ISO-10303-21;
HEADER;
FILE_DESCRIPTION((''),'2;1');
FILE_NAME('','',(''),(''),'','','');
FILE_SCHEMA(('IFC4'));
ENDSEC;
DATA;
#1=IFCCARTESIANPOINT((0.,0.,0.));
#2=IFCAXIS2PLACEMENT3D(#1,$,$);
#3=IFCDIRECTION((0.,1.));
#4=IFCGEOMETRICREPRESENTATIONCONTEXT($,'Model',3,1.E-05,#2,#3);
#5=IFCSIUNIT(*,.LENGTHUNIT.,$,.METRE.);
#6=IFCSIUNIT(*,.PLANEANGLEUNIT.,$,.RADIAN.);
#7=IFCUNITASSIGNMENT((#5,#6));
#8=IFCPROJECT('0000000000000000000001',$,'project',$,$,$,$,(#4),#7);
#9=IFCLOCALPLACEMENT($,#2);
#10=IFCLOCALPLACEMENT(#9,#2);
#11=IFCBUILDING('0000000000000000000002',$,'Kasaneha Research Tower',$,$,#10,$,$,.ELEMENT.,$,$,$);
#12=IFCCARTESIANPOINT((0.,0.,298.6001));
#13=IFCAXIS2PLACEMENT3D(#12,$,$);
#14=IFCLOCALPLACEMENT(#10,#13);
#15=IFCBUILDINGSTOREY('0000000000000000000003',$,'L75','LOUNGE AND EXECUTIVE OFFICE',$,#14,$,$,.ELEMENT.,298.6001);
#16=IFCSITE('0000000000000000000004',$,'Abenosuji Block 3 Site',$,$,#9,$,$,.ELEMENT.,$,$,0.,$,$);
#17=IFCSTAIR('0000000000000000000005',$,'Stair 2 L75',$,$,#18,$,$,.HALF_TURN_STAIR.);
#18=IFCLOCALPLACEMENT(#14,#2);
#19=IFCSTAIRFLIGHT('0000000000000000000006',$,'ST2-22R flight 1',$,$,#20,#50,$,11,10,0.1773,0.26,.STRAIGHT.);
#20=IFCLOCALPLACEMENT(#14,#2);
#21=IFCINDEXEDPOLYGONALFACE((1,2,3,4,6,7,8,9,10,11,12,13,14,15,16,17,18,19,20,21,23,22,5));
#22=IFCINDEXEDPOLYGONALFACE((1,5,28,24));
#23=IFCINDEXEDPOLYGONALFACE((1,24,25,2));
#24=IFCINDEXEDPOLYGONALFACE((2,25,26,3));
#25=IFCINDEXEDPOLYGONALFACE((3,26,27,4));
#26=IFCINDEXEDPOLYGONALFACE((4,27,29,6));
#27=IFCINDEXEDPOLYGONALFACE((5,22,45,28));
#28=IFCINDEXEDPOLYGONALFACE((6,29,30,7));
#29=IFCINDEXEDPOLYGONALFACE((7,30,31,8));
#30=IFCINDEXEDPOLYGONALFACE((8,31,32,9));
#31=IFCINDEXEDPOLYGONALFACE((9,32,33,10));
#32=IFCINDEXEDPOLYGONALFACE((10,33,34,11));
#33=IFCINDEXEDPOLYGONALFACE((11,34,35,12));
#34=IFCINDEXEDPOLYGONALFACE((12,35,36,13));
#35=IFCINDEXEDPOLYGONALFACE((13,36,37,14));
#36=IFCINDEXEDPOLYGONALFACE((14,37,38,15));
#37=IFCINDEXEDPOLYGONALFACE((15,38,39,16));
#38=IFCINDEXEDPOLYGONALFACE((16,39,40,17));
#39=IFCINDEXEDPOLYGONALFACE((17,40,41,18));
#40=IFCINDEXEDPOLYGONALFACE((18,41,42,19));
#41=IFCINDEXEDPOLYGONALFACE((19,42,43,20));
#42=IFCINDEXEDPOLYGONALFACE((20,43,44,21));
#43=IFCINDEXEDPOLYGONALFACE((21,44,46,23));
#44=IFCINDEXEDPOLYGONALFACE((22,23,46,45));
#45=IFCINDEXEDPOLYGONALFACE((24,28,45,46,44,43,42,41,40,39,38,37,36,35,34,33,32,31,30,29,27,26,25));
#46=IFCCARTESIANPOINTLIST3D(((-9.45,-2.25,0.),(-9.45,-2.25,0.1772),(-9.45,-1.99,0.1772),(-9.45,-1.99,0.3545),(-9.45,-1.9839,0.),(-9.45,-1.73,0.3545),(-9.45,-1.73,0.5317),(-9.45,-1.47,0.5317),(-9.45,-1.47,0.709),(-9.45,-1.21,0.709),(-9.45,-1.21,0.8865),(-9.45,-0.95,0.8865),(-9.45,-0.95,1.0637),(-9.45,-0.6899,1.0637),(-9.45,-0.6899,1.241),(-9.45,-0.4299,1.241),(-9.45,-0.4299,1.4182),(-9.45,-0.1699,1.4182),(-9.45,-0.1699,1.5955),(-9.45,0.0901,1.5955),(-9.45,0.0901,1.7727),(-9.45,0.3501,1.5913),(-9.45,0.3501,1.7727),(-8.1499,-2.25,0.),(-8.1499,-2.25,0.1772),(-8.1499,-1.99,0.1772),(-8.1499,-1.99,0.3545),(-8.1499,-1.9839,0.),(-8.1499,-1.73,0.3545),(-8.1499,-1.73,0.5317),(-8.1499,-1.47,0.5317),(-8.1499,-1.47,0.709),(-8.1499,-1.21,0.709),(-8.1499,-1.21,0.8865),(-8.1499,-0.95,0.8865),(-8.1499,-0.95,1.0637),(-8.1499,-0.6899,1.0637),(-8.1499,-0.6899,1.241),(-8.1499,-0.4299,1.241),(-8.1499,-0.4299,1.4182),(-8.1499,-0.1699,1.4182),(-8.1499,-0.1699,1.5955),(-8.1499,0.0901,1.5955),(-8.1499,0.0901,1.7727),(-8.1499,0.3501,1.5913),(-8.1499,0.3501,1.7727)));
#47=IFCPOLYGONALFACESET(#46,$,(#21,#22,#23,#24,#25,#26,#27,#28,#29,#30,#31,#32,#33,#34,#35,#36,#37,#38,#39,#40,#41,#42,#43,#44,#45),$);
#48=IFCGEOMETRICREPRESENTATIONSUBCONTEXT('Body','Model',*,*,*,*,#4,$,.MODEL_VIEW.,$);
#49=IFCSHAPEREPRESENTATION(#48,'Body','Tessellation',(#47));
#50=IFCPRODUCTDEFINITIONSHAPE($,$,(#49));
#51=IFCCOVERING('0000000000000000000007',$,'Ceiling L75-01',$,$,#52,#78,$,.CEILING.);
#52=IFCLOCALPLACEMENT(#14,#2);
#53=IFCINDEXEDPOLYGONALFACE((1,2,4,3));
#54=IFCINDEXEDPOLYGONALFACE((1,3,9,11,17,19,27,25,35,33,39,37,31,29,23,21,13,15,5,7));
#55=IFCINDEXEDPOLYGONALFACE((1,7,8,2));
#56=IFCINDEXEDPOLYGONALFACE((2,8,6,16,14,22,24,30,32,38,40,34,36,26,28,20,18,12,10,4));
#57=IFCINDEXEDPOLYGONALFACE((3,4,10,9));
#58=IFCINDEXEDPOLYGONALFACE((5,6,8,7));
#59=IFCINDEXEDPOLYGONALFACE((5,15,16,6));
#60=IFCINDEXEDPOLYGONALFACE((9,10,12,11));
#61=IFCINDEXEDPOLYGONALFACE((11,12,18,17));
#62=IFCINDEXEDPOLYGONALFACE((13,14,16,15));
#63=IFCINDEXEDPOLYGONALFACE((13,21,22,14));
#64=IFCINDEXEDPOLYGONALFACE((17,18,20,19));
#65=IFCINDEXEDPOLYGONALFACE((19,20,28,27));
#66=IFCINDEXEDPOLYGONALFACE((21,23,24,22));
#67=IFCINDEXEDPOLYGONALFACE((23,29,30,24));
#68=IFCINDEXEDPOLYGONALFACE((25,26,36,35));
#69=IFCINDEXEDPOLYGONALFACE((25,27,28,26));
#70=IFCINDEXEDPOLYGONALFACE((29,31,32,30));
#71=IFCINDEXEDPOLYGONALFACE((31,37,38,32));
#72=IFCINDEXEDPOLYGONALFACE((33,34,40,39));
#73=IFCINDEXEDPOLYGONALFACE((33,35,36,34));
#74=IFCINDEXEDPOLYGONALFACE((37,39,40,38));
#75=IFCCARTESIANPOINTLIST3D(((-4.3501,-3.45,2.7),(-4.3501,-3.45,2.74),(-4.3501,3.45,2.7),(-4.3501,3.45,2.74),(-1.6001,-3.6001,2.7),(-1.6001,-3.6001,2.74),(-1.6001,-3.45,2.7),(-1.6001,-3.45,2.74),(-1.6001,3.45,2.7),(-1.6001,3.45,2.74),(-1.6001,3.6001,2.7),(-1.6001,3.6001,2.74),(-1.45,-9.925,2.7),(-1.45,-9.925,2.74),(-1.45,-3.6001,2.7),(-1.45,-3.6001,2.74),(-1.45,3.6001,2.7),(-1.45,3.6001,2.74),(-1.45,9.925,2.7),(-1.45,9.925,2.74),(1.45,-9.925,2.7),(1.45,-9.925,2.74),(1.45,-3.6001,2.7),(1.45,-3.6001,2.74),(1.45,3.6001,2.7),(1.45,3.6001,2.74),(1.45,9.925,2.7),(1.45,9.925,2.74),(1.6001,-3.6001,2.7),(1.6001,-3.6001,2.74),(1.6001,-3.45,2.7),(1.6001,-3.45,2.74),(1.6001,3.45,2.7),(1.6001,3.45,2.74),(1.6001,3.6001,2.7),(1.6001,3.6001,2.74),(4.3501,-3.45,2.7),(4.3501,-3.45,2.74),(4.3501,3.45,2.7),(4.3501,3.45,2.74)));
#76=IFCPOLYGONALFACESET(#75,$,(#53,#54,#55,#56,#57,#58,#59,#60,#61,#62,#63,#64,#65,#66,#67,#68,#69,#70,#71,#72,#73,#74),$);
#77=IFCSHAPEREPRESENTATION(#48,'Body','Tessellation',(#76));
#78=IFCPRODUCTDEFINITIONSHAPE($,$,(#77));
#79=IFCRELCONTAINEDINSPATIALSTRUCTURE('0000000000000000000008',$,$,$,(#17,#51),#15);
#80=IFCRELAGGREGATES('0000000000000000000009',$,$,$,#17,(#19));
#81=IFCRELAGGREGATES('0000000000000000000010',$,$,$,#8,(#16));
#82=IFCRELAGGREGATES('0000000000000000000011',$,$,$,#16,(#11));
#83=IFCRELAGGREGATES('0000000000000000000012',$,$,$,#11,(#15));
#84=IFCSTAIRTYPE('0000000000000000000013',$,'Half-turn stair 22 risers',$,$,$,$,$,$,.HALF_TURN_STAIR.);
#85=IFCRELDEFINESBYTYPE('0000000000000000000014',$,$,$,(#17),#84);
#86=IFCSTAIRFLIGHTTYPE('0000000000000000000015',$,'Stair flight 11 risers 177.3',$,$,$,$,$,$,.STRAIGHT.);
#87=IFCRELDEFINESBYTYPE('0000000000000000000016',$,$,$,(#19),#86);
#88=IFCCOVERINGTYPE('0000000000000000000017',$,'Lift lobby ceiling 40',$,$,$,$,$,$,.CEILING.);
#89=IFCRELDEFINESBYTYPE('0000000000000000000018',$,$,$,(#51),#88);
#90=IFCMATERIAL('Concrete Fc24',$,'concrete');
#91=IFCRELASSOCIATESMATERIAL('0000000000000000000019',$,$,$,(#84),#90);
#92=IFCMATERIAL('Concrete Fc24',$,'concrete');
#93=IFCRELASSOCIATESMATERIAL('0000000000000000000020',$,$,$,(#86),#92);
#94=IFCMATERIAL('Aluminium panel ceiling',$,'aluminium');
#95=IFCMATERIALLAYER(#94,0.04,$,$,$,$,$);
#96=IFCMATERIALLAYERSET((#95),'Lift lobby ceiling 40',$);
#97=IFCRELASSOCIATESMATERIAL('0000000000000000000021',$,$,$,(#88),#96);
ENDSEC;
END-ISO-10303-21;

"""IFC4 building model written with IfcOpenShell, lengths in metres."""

from ifc_helpers import new_model, si_unit, direction, frame, origin, place, context, subcontext, project, spatial, polyline, outline, extrude, material, layer, layer_set, type_object, element, aggregate, save


model = new_model("IFC4")

# Units and contexts
model_context = context("Model", 3, precision=1e-05, world=origin(), true_north=direction((0.0, 1.0)))
body_context = subcontext(model_context, "Body", "Model", "MODEL_VIEW")
ifc_project = project(units=[si_unit("LENGTHUNIT", "METRE"), si_unit("PLANEANGLEUNIT", "RADIAN")], contexts=[model_context])

# Site, building, storey
site_placement = place(None, origin())
site = spatial("IfcSite", under=ifc_project, at=site_placement, Name="Abenosuji Block 3 Site", CompositionType="ELEMENT", RefElevation=0.0)
building_placement = place(site_placement, origin())
building = spatial("IfcBuilding", under=site, at=building_placement, Name="Kasaneha Research Tower", CompositionType="ELEMENT")
storey_placement = place(building_placement, frame((0.0, 0.0, 298.6001)))
storey = spatial("IfcBuildingStorey", under=building, at=storey_placement, Name="L75", Description="LOUNGE AND EXECUTIVE OFFICE", CompositionType="ELEMENT", Elevation=298.6001)

# Stair, stair flight
ifc_material_1 = material(Name="Concrete Fc24", Category="concrete")
stair_type = type_object("IfcStairType", Name="Half-turn stair 22 risers", PredefinedType="HALF_TURN_STAIR", material=ifc_material_1)
stair_placement = place(storey_placement, origin())
stair = element("IfcStair", 1, at=stair_placement, inside=storey, type_object=stair_type, Name="Stair 2 L75", PredefinedType="HALF_TURN_STAIR")
ifc_material_2 = material(Name="Concrete Fc24", Category="concrete")
stair_flight_type = type_object("IfcStairFlightType", Name="Stair flight 11 risers 177.3", PredefinedType="STRAIGHT", material=ifc_material_2)
stair_flight_placement = place(storey_placement, frame((-8.8, -2.25, 0.0), z_axis=(0.0, 0.0, 1.0), x_axis=(0.0, 1.0, 0.0)))
stair_flight = element("IfcStairFlight", 2, at=stair_flight_placement, type_object=stair_flight_type, Name="ST2-22R flight 1", NumberOfRisers=11, NumberOfTreads=10, PredefinedType="STRAIGHT", RiserHeight=0.1773, TreadLength=0.26, context=body_context, shape_type="SweptSolid", body=[
    extrude(outline(polyline([(0.0, 0.0), (0.0, 0.1772), (0.26, 0.1772), (0.26, 0.3545), (0.52, 0.3545), (0.52, 0.5317), (0.78, 0.5317), (0.78, 0.709), (1.04, 0.709), (1.04, 0.8865), (1.3, 0.8865), (1.3, 1.0637), (1.5601, 1.0637), (1.5601, 1.241), (1.8201, 1.241), (1.8201, 1.4182), (2.0801, 1.4182), (2.0801, 1.5955), (2.3401, 1.5955), (2.3401, 1.7727), (2.6001, 1.7727), (2.6001, 1.95), (2.6001, 1.5913), (0.2661, 0.0), (0.0, 0.0)])), frame((0.0, 0.6499, 0.0), z_axis=(0.0, -1.0, 0.0), x_axis=(1.0, 0.0, 0.0)), (0.0, 0.0, 1.0), 1.3),
])
aggregate(stair, [stair_flight])

# Covering
ifc_material_3 = material(Name="Aluminium panel ceiling", Category="aluminium")
ifc_layer_1 = layer(ifc_material_3, 0.04)
ifc_layer_set_1 = layer_set([ifc_layer_1], Name="Lift lobby ceiling 40")
covering_type_1 = type_object("IfcCoveringType", Name="Lift lobby ceiling 40", PredefinedType="CEILING", material=ifc_layer_set_1)
covering_1_placement = place(storey_placement, frame((0.0, 0.0, 2.7)))
element("IfcCovering", 3, at=covering_1_placement, inside=storey, type_object=covering_type_1, Name="Ceiling L75-01", PredefinedType="CEILING", context=body_context, shape_type="SweptSolid", body=[
    extrude(outline(polyline([(1.45, 9.925), (1.45, 3.6001), (1.6001, 3.6001), (1.6001, 3.45), (4.3501, 3.45), (4.3501, -3.45), (1.6001, -3.45), (1.6001, -3.6001), (1.45, -3.6001), (1.45, -9.925), (-1.45, -9.925), (-1.45, -3.6001), (-1.6001, -3.6001), (-1.6001, -3.45), (-4.3501, -3.45), (-4.3501, 3.45), (-1.6001, 3.45), (-1.6001, 3.6001), (-1.45, 3.6001), (-1.45, 9.925), (1.45, 9.925)])), origin(), (0.0, 0.0, 1.0), 0.04),
])

save(model, "model.ifc")
